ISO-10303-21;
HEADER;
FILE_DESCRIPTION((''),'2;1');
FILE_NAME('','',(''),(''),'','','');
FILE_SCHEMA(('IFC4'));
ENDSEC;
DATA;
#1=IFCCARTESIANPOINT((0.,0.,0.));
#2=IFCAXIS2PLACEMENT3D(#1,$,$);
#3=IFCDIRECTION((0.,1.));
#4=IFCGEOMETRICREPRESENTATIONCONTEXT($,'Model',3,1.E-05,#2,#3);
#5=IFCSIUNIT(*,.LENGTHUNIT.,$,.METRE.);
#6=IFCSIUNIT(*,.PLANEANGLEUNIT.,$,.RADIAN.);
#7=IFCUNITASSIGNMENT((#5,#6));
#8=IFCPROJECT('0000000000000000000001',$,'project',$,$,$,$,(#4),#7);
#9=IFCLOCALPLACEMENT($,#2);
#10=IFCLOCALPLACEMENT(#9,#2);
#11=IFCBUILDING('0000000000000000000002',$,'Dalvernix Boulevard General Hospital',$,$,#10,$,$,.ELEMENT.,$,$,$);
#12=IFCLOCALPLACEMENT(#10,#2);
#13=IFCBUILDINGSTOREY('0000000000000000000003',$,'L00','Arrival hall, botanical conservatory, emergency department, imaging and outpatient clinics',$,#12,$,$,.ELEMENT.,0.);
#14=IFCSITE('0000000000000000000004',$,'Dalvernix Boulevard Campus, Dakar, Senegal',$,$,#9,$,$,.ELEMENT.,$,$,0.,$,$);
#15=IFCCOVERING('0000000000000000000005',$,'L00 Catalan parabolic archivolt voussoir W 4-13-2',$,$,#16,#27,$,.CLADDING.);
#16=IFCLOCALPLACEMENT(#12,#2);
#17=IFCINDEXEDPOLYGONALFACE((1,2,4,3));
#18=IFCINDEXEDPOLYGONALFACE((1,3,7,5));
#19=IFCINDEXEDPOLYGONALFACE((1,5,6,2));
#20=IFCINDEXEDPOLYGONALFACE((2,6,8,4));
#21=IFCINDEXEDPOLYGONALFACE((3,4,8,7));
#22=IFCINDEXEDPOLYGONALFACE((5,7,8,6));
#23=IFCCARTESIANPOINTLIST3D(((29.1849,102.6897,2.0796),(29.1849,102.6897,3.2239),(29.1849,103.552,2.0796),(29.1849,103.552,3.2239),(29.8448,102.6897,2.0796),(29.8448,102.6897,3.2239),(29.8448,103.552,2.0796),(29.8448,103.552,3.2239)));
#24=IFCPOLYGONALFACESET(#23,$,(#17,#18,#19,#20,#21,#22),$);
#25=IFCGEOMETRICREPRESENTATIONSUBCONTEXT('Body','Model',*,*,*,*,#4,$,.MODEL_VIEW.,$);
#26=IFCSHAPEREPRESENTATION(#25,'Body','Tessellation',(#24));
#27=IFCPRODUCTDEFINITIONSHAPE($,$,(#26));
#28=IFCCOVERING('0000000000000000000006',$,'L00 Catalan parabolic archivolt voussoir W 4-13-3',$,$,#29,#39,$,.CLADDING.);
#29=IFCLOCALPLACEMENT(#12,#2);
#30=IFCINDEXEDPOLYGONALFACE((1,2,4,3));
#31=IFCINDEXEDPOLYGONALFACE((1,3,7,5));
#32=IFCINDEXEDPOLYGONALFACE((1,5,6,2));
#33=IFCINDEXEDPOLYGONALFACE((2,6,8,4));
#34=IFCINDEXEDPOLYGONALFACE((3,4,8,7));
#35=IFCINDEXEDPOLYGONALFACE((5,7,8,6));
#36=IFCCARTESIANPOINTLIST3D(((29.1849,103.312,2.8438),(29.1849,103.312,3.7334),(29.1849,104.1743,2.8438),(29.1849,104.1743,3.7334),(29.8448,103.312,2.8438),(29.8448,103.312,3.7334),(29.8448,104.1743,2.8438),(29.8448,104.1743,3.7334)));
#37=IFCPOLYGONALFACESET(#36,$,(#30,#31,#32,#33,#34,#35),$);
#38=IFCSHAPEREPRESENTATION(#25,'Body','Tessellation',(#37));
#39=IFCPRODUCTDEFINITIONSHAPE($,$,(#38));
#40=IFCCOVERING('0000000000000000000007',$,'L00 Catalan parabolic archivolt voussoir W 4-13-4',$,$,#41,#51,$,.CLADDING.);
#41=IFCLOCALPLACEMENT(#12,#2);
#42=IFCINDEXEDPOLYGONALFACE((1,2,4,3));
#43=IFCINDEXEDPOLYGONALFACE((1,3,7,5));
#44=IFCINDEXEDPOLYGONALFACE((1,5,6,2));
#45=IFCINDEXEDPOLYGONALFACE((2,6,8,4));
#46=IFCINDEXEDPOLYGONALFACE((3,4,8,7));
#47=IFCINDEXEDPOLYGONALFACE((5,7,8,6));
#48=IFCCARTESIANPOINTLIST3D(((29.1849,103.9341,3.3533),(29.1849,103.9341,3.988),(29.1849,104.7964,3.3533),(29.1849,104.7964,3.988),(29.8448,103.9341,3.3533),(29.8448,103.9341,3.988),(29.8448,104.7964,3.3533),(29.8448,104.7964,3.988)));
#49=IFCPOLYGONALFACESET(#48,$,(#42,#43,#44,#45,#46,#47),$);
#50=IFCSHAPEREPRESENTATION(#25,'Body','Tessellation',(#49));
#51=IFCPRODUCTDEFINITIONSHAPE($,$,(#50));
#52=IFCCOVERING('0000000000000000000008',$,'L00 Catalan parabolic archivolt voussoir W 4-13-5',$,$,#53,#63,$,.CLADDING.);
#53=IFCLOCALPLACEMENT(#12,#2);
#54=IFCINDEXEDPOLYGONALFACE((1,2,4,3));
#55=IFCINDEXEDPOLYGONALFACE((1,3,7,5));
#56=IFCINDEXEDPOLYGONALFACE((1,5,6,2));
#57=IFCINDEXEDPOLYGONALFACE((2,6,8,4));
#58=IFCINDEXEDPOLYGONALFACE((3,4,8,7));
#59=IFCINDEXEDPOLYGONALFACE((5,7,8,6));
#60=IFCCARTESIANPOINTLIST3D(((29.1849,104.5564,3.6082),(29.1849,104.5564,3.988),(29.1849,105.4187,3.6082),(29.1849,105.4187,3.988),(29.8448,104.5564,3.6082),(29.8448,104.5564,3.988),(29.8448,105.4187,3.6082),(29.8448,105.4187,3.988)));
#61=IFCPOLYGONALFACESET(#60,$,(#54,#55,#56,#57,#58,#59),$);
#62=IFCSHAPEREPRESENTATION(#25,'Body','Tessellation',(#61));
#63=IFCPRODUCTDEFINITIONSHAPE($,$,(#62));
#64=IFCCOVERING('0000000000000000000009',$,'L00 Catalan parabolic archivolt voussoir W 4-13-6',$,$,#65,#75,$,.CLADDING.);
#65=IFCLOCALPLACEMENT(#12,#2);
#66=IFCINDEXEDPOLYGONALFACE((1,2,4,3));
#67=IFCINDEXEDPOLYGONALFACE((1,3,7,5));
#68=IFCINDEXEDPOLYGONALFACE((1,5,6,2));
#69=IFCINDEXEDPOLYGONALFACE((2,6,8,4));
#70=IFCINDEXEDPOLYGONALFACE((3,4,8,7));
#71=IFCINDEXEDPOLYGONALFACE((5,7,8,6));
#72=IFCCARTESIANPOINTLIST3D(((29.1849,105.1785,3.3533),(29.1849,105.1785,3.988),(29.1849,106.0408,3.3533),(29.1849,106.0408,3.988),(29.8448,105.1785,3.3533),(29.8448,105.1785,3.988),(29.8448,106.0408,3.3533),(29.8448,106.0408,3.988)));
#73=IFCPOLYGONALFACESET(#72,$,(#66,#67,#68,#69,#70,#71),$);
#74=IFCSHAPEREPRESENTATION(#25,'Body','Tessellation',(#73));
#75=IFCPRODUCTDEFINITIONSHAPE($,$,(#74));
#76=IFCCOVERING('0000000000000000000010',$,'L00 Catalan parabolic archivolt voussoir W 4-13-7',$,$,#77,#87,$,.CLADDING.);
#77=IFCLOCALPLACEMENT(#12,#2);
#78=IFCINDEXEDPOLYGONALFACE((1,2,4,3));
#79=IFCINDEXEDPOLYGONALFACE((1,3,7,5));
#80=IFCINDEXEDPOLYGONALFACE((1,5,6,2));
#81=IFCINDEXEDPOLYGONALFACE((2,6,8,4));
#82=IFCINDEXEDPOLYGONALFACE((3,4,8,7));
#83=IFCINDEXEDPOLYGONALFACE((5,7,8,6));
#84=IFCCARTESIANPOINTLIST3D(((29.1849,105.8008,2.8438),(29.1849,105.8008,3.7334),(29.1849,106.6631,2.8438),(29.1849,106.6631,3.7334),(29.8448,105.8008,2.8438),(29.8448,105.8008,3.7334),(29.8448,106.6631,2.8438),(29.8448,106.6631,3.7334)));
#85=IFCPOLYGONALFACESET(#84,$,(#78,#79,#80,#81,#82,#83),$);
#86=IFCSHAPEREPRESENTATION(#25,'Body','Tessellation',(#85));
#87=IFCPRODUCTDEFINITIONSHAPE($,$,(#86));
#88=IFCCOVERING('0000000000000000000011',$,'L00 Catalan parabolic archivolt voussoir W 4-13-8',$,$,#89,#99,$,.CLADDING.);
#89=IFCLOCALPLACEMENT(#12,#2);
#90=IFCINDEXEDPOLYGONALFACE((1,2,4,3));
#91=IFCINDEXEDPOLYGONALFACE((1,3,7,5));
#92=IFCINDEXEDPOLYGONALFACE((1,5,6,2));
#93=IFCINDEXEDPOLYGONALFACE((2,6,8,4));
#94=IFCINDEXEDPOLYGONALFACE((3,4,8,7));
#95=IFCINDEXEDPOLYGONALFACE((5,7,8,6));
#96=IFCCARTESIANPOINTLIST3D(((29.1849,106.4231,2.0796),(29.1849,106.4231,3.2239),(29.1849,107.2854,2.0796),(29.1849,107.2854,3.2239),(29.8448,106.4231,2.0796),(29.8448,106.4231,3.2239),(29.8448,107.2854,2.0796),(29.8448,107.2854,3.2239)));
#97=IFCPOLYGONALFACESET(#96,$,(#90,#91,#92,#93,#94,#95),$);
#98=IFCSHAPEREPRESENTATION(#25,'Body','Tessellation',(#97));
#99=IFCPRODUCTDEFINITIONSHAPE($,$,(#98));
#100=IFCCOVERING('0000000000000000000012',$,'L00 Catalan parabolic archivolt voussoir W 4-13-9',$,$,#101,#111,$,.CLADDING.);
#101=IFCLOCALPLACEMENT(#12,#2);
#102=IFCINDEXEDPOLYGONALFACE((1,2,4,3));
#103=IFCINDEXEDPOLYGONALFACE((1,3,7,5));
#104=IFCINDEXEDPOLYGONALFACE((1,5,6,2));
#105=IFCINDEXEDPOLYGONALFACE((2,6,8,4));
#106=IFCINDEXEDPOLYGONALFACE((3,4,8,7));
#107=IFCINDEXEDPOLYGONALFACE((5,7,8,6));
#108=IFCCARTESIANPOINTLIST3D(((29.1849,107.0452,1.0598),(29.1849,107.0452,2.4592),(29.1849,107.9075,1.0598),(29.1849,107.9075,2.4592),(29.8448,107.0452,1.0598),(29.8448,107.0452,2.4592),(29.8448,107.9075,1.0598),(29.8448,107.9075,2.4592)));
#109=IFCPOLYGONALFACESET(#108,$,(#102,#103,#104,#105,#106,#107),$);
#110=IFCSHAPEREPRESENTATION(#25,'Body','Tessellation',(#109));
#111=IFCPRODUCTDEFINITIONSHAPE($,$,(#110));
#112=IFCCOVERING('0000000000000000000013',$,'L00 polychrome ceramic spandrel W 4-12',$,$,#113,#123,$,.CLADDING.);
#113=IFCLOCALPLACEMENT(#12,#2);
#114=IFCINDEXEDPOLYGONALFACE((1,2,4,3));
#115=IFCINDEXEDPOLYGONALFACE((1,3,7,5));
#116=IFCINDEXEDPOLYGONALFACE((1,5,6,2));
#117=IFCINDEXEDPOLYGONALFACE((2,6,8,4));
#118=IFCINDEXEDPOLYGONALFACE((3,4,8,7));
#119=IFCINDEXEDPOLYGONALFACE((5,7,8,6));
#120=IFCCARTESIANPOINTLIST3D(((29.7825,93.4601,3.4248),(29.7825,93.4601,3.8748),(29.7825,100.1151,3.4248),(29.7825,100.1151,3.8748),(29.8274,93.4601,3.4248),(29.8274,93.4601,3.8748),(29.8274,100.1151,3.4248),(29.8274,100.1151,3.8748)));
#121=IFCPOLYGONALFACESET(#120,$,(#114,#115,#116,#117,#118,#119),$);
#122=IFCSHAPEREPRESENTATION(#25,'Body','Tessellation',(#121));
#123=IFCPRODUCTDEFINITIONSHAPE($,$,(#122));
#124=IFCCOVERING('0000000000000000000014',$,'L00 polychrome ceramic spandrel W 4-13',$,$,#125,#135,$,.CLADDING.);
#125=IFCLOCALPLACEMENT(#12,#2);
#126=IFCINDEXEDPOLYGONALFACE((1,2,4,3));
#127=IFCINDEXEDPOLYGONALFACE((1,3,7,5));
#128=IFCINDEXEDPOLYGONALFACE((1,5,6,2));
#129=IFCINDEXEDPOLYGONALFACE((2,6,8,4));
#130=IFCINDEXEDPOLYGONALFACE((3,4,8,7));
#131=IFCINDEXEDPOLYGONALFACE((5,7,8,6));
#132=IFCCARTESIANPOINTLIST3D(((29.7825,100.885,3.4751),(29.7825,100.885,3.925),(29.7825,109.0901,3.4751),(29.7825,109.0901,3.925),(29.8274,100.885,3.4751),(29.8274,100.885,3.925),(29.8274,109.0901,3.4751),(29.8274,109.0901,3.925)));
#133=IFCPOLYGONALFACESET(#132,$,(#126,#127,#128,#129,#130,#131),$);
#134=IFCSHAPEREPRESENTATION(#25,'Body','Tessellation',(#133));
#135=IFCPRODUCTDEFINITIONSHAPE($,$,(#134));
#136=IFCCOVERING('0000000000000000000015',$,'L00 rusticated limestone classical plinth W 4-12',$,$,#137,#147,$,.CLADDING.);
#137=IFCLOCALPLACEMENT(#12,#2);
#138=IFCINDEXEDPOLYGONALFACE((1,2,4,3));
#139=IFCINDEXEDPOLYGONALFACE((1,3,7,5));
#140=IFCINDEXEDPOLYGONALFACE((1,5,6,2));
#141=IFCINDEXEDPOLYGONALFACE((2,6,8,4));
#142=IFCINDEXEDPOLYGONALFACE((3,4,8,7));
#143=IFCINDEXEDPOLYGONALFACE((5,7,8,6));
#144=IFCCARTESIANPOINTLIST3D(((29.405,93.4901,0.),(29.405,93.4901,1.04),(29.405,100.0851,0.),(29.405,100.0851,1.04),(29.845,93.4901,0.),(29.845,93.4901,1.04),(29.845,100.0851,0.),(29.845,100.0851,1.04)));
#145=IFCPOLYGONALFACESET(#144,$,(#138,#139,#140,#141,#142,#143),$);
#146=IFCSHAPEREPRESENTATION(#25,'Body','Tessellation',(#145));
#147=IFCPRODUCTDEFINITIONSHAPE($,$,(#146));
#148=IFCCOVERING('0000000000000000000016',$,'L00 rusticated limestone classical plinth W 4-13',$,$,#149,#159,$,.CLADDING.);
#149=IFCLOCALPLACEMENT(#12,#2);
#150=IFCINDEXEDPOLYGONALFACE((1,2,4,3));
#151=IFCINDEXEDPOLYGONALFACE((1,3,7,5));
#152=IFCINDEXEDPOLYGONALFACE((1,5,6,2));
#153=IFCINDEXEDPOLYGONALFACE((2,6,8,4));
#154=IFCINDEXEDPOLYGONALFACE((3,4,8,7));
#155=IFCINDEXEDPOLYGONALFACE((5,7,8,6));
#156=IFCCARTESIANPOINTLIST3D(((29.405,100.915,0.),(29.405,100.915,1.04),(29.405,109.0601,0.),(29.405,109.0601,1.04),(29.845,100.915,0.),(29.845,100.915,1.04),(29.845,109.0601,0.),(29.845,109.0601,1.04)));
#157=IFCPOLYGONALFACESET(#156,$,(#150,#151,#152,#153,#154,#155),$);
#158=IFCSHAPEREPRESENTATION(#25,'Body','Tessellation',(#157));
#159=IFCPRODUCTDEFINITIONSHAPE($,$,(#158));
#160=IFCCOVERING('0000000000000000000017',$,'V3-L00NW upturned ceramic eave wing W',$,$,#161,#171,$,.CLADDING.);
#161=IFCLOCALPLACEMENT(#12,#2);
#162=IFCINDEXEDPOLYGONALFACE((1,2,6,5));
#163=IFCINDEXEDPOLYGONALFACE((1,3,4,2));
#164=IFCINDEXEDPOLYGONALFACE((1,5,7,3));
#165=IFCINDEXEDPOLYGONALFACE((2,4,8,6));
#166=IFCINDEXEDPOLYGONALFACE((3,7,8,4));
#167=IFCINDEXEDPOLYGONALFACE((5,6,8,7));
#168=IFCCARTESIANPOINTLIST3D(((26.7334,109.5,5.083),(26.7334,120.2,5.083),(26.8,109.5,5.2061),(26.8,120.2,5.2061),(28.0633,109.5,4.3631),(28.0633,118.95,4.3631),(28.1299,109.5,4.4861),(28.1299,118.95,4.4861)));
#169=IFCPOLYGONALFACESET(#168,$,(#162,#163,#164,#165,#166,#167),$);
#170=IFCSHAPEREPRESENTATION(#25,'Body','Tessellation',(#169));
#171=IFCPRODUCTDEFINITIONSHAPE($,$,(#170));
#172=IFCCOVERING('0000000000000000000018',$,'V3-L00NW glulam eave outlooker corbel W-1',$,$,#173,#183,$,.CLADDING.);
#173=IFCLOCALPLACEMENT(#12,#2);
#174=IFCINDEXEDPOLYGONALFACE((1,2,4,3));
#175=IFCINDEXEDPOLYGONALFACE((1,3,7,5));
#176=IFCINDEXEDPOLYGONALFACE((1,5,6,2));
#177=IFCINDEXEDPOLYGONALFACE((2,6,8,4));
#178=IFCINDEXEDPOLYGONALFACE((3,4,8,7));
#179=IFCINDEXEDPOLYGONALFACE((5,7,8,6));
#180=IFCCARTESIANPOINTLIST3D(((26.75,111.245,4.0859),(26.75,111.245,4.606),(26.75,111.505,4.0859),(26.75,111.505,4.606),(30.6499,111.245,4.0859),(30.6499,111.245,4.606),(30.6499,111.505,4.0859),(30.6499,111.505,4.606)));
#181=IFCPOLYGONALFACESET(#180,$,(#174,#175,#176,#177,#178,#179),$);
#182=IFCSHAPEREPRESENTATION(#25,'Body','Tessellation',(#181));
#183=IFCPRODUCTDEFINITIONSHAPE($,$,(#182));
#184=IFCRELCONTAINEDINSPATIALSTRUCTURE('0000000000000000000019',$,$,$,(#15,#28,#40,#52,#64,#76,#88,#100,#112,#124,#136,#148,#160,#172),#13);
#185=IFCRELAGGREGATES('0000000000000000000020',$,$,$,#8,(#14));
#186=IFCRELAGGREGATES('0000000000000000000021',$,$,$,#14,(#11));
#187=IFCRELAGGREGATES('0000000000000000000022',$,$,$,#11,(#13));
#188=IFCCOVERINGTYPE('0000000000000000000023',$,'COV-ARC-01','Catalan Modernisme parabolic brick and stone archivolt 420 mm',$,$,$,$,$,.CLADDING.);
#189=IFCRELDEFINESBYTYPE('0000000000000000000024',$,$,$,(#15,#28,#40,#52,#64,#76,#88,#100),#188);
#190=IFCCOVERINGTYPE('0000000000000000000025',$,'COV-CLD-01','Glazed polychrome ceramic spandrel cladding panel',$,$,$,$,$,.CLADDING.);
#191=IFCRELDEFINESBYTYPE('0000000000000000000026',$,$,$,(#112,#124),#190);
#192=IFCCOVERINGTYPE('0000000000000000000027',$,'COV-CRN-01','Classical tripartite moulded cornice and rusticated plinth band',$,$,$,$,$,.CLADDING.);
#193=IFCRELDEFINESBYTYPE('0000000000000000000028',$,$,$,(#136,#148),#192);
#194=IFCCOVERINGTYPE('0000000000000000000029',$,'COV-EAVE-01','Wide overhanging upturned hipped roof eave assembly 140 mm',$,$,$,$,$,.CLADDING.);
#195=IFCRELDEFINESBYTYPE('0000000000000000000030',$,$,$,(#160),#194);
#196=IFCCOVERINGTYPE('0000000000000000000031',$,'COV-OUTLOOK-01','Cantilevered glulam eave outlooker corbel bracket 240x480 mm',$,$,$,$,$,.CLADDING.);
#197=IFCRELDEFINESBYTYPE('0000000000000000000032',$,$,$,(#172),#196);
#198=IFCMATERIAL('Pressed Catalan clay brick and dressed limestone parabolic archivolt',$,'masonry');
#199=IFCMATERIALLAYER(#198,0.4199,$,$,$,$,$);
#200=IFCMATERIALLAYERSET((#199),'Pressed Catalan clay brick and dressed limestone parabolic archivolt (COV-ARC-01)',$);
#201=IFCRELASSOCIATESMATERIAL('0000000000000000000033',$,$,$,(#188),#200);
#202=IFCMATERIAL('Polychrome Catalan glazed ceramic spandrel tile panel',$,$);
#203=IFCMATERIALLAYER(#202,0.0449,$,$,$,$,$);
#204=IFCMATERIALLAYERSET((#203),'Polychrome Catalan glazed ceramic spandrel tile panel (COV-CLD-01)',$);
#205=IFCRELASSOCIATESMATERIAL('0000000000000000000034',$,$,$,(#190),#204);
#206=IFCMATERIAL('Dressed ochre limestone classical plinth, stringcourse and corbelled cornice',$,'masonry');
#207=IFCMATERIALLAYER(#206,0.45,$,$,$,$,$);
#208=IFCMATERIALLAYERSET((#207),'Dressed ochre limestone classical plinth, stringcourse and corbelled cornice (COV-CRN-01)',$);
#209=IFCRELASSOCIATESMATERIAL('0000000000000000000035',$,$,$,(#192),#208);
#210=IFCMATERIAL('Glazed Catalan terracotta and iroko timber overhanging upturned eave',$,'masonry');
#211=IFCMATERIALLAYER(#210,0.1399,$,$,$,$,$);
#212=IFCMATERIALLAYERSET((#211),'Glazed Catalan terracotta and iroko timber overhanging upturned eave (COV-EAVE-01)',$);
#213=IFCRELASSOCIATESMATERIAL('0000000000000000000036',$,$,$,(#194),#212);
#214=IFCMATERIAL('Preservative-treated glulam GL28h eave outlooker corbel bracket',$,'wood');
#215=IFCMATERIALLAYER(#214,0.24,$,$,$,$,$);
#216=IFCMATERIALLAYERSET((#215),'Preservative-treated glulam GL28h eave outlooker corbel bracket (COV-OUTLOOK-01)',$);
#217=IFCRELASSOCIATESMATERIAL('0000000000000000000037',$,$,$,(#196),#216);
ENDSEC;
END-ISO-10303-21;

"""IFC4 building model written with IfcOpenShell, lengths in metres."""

from ifc_helpers import new_model, si_unit, direction, frame, origin, origin_2d, place, context, subcontext, project, spatial, polyline, rectangle, outline, extrude, material, layer, layer_set, type_object, element, save


model = new_model("IFC4")

# Units and contexts
model_context = context("Model", 3, precision=1e-05, world=origin(), true_north=direction((0.0, 1.0)))
body_context = subcontext(model_context, "Body", "Model", "MODEL_VIEW")
ifc_project = project(units=[si_unit("LENGTHUNIT", "METRE"), si_unit("PLANEANGLEUNIT", "RADIAN")], contexts=[model_context])

# Site, building, storey
site_placement = place(None, origin())
site = spatial("IfcSite", under=ifc_project, at=site_placement, Name="Dalvernix Boulevard Campus, Dakar, Senegal", CompositionType="ELEMENT", RefElevation=0.0)
building_placement = place(site_placement, origin())
building = spatial("IfcBuilding", under=site, at=building_placement, Name="Dalvernix Boulevard General Hospital", CompositionType="ELEMENT")
storey_placement = place(building_placement, origin())
storey = spatial("IfcBuildingStorey", under=building, at=storey_placement, Name="L00", Description="Arrival hall, botanical conservatory, emergency department, imaging and outpatient clinics", CompositionType="ELEMENT", Elevation=0.0)

# Coverings
ifc_material_1 = material(Name="Pressed Catalan clay brick and dressed limestone parabolic archivolt", Category="masonry")
ifc_layer_1 = layer(ifc_material_1, 0.4199)
ifc_layer_set_1 = layer_set([ifc_layer_1], Name="Pressed Catalan clay brick and dressed limestone parabolic archivolt (COV-ARC-01)")
covering_type_1 = type_object("IfcCoveringType", Name="COV-ARC-01", Description="Catalan Modernisme parabolic brick and stone archivolt 420 mm", PredefinedType="CLADDING", material=ifc_layer_set_1)
covering_1_placement = place(storey_placement, frame((29.5149, 103.1208, 2.0796), z_axis=(0.0, 0.0, 1.0), x_axis=(0.0, 1.0, 0.0)))
element("IfcCovering", 1, at=covering_1_placement, inside=storey, type_object=covering_type_1, Name="L00 Catalan parabolic archivolt voussoir W 4-13-2", PredefinedType="CLADDING", context=body_context, shape_type="SweptSolid", body=[
    extrude(rectangle(XDim=0.8623, YDim=0.6599, at=origin_2d()), origin(), (0.0, 0.0, 1.0), 1.1443),
])
covering_2_placement = place(storey_placement, frame((29.5149, 103.7432, 2.8438), z_axis=(0.0, 0.0, 1.0), x_axis=(0.0, 1.0, 0.0)))
element("IfcCovering", 2, at=covering_2_placement, inside=storey, type_object=covering_type_1, Name="L00 Catalan parabolic archivolt voussoir W 4-13-3", PredefinedType="CLADDING", context=body_context, shape_type="SweptSolid", body=[
    extrude(rectangle(XDim=0.8623, YDim=0.6599, at=origin_2d()), origin(), (0.0, 0.0, 1.0), 0.8896),
])
covering_3_placement = place(storey_placement, frame((29.5149, 104.3652, 3.3533), z_axis=(0.0, 0.0, 1.0), x_axis=(0.0, 1.0, 0.0)))
element("IfcCovering", 3, at=covering_3_placement, inside=storey, type_object=covering_type_1, Name="L00 Catalan parabolic archivolt voussoir W 4-13-4", PredefinedType="CLADDING", context=body_context, shape_type="SweptSolid", body=[
    extrude(rectangle(XDim=0.8623, YDim=0.6599, at=origin_2d()), origin(), (0.0, 0.0, 1.0), 0.6348),
])
covering_4_placement = place(storey_placement, frame((29.5149, 104.9875, 3.6082), z_axis=(0.0, 0.0, 1.0), x_axis=(0.0, 1.0, 0.0)))
element("IfcCovering", 4, at=covering_4_placement, inside=storey, type_object=covering_type_1, Name="L00 Catalan parabolic archivolt voussoir W 4-13-5", PredefinedType="CLADDING", context=body_context, shape_type="SweptSolid", body=[
    extrude(rectangle(XDim=0.8623, YDim=0.6599, at=origin_2d()), origin(), (0.0, 0.0, 1.0), 0.3799),
])
covering_5_placement = place(storey_placement, frame((29.5149, 105.6096, 3.3533), z_axis=(0.0, 0.0, 1.0), x_axis=(0.0, 1.0, 0.0)))
element("IfcCovering", 5, at=covering_5_placement, inside=storey, type_object=covering_type_1, Name="L00 Catalan parabolic archivolt voussoir W 4-13-6", PredefinedType="CLADDING", context=body_context, shape_type="SweptSolid", body=[
    extrude(rectangle(XDim=0.8623, YDim=0.6599, at=origin_2d()), origin(), (0.0, 0.0, 1.0), 0.6348),
])
covering_6_placement = place(storey_placement, frame((29.5149, 106.2319, 2.8438), z_axis=(0.0, 0.0, 1.0), x_axis=(0.0, 1.0, 0.0)))
element("IfcCovering", 6, at=covering_6_placement, inside=storey, type_object=covering_type_1, Name="L00 Catalan parabolic archivolt voussoir W 4-13-7", PredefinedType="CLADDING", context=body_context, shape_type="SweptSolid", body=[
    extrude(rectangle(XDim=0.8623, YDim=0.6599, at=origin_2d()), origin(), (0.0, 0.0, 1.0), 0.8896),
])
covering_7_placement = place(storey_placement, frame((29.5149, 106.8542, 2.0796), z_axis=(0.0, 0.0, 1.0), x_axis=(0.0, 1.0, 0.0)))
element("IfcCovering", 7, at=covering_7_placement, inside=storey, type_object=covering_type_1, Name="L00 Catalan parabolic archivolt voussoir W 4-13-8", PredefinedType="CLADDING", context=body_context, shape_type="SweptSolid", body=[
    extrude(rectangle(XDim=0.8623, YDim=0.6599, at=origin_2d()), origin(), (0.0, 0.0, 1.0), 1.1443),
])
covering_8_placement = place(storey_placement, frame((29.5149, 107.4763, 1.0598), z_axis=(0.0, 0.0, 1.0), x_axis=(0.0, 1.0, 0.0)))
element("IfcCovering", 8, at=covering_8_placement, inside=storey, type_object=covering_type_1, Name="L00 Catalan parabolic archivolt voussoir W 4-13-9", PredefinedType="CLADDING", context=body_context, shape_type="SweptSolid", body=[
    extrude(rectangle(XDim=0.8623, YDim=0.6599, at=origin_2d()), origin(), (0.0, 0.0, 1.0), 1.3994),
])
ifc_material_2 = material(Name="Polychrome Catalan glazed ceramic spandrel tile panel")
ifc_layer_2 = layer(ifc_material_2, 0.0449)
ifc_layer_set_2 = layer_set([ifc_layer_2], Name="Polychrome Catalan glazed ceramic spandrel tile panel (COV-CLD-01)")
covering_type_2 = type_object("IfcCoveringType", Name="COV-CLD-01", Description="Glazed polychrome ceramic spandrel cladding panel", PredefinedType="CLADDING", material=ifc_layer_set_2)
covering_9_placement = place(storey_placement, frame((29.8049, 96.7876, 3.4248), z_axis=(0.0, 0.0, 1.0), x_axis=(0.0, 1.0, 0.0)))
element("IfcCovering", 9, at=covering_9_placement, inside=storey, type_object=covering_type_2, Name="L00 polychrome ceramic spandrel W 4-12", PredefinedType="CLADDING", context=body_context, shape_type="SweptSolid", body=[
    extrude(rectangle(XDim=6.655, YDim=0.0449, at=origin_2d()), origin(), (0.0, 0.0, 1.0), 0.45),
])
covering_10_placement = place(storey_placement, frame((29.8049, 104.9875, 3.4751), z_axis=(0.0, 0.0, 1.0), x_axis=(0.0, 1.0, 0.0)))
element("IfcCovering", 10, at=covering_10_placement, inside=storey, type_object=covering_type_2, Name="L00 polychrome ceramic spandrel W 4-13", PredefinedType="CLADDING", context=body_context, shape_type="SweptSolid", body=[
    extrude(rectangle(XDim=8.2051, YDim=0.0449, at=origin_2d()), origin(), (0.0, 0.0, 1.0), 0.45),
])
ifc_material_3 = material(Name="Dressed ochre limestone classical plinth, stringcourse and corbelled cornice", Category="masonry")
ifc_layer_3 = layer(ifc_material_3, 0.45)
ifc_layer_set_3 = layer_set([ifc_layer_3], Name="Dressed ochre limestone classical plinth, stringcourse and corbelled cornice (COV-CRN-01)")
covering_type_3 = type_object("IfcCoveringType", Name="COV-CRN-01", Description="Classical tripartite moulded cornice and rusticated plinth band", PredefinedType="CLADDING", material=ifc_layer_set_3)
covering_11_placement = place(storey_placement, frame((29.625, 96.7876, 0.0), z_axis=(0.0, 0.0, 1.0), x_axis=(0.0, 1.0, 0.0)))
element("IfcCovering", 11, at=covering_11_placement, inside=storey, type_object=covering_type_3, Name="L00 rusticated limestone classical plinth W 4-12", PredefinedType="CLADDING", context=body_context, shape_type="SweptSolid", body=[
    extrude(rectangle(XDim=6.595, YDim=0.4399, at=origin_2d()), origin(), (0.0, 0.0, 1.0), 1.04),
])
covering_12_placement = place(storey_placement, frame((29.625, 104.9875, 0.0), z_axis=(0.0, 0.0, 1.0), x_axis=(0.0, 1.0, 0.0)))
element("IfcCovering", 12, at=covering_12_placement, inside=storey, type_object=covering_type_3, Name="L00 rusticated limestone classical plinth W 4-13", PredefinedType="CLADDING", context=body_context, shape_type="SweptSolid", body=[
    extrude(rectangle(XDim=8.145, YDim=0.4399, at=origin_2d()), origin(), (0.0, 0.0, 1.0), 1.04),
])
ifc_material_4 = material(Name="Glazed Catalan terracotta and iroko timber overhanging upturned eave", Category="masonry")
ifc_layer_4 = layer(ifc_material_4, 0.1399)
ifc_layer_set_4 = layer_set([ifc_layer_4], Name="Glazed Catalan terracotta and iroko timber overhanging upturned eave (COV-EAVE-01)")
covering_type_4 = type_object("IfcCoveringType", Name="COV-EAVE-01", Description="Wide overhanging upturned hipped roof eave assembly 140 mm", PredefinedType="CLADDING", material=ifc_layer_set_4)
covering_13_placement = place(storey_placement, frame((28.1299, 118.95, 4.4861), z_axis=(0.476101, 0.0, 0.879391), x_axis=(0.0, -1.0, 0.0)))
element("IfcCovering", 13, at=covering_13_placement, inside=storey, type_object=covering_type_4, Name="V3-L00NW upturned ceramic eave wing W", PredefinedType="CLADDING", context=body_context, shape_type="SweptSolid", body=[
    extrude(outline(polyline([(0.0, 0.0), (9.45, 0.0), (9.45, -1.5122), (-1.25, -1.5122), (0.0, 0.0)])), origin(), (0.0, 0.0, -1.0), 0.1399),
])
ifc_material_5 = material(Name="Preservative-treated glulam GL28h eave outlooker corbel bracket", Category="wood")
ifc_layer_5 = layer(ifc_material_5, 0.24)
ifc_layer_set_5 = layer_set([ifc_layer_5], Name="Preservative-treated glulam GL28h eave outlooker corbel bracket (COV-OUTLOOK-01)")
covering_type_5 = type_object("IfcCoveringType", Name="COV-OUTLOOK-01", Description="Cantilevered glulam eave outlooker corbel bracket 240x480 mm", PredefinedType="CLADDING", material=ifc_layer_set_5)
for number, where, z_axis, x_axis, name in (
    (14, (28.7, 111.375, 4.0859), (0.0, 0.0, 1.0), (1.0, 0.0, 0.0), "V3-L00NW glulam eave outlooker corbel W-1"),
):
    element("IfcCovering", number, at=place(storey_placement, frame(where, z_axis=z_axis, x_axis=x_axis)), inside=storey, type_object=covering_type_5, Name=name, PredefinedType="CLADDING", context=body_context, shape_type="SweptSolid", body=[
        extrude(rectangle(XDim=3.8999, YDim=0.26, at=origin_2d()), origin(), (0.0, 0.0, 1.0), 0.52),
    ])

save(model, "model.ifc")
